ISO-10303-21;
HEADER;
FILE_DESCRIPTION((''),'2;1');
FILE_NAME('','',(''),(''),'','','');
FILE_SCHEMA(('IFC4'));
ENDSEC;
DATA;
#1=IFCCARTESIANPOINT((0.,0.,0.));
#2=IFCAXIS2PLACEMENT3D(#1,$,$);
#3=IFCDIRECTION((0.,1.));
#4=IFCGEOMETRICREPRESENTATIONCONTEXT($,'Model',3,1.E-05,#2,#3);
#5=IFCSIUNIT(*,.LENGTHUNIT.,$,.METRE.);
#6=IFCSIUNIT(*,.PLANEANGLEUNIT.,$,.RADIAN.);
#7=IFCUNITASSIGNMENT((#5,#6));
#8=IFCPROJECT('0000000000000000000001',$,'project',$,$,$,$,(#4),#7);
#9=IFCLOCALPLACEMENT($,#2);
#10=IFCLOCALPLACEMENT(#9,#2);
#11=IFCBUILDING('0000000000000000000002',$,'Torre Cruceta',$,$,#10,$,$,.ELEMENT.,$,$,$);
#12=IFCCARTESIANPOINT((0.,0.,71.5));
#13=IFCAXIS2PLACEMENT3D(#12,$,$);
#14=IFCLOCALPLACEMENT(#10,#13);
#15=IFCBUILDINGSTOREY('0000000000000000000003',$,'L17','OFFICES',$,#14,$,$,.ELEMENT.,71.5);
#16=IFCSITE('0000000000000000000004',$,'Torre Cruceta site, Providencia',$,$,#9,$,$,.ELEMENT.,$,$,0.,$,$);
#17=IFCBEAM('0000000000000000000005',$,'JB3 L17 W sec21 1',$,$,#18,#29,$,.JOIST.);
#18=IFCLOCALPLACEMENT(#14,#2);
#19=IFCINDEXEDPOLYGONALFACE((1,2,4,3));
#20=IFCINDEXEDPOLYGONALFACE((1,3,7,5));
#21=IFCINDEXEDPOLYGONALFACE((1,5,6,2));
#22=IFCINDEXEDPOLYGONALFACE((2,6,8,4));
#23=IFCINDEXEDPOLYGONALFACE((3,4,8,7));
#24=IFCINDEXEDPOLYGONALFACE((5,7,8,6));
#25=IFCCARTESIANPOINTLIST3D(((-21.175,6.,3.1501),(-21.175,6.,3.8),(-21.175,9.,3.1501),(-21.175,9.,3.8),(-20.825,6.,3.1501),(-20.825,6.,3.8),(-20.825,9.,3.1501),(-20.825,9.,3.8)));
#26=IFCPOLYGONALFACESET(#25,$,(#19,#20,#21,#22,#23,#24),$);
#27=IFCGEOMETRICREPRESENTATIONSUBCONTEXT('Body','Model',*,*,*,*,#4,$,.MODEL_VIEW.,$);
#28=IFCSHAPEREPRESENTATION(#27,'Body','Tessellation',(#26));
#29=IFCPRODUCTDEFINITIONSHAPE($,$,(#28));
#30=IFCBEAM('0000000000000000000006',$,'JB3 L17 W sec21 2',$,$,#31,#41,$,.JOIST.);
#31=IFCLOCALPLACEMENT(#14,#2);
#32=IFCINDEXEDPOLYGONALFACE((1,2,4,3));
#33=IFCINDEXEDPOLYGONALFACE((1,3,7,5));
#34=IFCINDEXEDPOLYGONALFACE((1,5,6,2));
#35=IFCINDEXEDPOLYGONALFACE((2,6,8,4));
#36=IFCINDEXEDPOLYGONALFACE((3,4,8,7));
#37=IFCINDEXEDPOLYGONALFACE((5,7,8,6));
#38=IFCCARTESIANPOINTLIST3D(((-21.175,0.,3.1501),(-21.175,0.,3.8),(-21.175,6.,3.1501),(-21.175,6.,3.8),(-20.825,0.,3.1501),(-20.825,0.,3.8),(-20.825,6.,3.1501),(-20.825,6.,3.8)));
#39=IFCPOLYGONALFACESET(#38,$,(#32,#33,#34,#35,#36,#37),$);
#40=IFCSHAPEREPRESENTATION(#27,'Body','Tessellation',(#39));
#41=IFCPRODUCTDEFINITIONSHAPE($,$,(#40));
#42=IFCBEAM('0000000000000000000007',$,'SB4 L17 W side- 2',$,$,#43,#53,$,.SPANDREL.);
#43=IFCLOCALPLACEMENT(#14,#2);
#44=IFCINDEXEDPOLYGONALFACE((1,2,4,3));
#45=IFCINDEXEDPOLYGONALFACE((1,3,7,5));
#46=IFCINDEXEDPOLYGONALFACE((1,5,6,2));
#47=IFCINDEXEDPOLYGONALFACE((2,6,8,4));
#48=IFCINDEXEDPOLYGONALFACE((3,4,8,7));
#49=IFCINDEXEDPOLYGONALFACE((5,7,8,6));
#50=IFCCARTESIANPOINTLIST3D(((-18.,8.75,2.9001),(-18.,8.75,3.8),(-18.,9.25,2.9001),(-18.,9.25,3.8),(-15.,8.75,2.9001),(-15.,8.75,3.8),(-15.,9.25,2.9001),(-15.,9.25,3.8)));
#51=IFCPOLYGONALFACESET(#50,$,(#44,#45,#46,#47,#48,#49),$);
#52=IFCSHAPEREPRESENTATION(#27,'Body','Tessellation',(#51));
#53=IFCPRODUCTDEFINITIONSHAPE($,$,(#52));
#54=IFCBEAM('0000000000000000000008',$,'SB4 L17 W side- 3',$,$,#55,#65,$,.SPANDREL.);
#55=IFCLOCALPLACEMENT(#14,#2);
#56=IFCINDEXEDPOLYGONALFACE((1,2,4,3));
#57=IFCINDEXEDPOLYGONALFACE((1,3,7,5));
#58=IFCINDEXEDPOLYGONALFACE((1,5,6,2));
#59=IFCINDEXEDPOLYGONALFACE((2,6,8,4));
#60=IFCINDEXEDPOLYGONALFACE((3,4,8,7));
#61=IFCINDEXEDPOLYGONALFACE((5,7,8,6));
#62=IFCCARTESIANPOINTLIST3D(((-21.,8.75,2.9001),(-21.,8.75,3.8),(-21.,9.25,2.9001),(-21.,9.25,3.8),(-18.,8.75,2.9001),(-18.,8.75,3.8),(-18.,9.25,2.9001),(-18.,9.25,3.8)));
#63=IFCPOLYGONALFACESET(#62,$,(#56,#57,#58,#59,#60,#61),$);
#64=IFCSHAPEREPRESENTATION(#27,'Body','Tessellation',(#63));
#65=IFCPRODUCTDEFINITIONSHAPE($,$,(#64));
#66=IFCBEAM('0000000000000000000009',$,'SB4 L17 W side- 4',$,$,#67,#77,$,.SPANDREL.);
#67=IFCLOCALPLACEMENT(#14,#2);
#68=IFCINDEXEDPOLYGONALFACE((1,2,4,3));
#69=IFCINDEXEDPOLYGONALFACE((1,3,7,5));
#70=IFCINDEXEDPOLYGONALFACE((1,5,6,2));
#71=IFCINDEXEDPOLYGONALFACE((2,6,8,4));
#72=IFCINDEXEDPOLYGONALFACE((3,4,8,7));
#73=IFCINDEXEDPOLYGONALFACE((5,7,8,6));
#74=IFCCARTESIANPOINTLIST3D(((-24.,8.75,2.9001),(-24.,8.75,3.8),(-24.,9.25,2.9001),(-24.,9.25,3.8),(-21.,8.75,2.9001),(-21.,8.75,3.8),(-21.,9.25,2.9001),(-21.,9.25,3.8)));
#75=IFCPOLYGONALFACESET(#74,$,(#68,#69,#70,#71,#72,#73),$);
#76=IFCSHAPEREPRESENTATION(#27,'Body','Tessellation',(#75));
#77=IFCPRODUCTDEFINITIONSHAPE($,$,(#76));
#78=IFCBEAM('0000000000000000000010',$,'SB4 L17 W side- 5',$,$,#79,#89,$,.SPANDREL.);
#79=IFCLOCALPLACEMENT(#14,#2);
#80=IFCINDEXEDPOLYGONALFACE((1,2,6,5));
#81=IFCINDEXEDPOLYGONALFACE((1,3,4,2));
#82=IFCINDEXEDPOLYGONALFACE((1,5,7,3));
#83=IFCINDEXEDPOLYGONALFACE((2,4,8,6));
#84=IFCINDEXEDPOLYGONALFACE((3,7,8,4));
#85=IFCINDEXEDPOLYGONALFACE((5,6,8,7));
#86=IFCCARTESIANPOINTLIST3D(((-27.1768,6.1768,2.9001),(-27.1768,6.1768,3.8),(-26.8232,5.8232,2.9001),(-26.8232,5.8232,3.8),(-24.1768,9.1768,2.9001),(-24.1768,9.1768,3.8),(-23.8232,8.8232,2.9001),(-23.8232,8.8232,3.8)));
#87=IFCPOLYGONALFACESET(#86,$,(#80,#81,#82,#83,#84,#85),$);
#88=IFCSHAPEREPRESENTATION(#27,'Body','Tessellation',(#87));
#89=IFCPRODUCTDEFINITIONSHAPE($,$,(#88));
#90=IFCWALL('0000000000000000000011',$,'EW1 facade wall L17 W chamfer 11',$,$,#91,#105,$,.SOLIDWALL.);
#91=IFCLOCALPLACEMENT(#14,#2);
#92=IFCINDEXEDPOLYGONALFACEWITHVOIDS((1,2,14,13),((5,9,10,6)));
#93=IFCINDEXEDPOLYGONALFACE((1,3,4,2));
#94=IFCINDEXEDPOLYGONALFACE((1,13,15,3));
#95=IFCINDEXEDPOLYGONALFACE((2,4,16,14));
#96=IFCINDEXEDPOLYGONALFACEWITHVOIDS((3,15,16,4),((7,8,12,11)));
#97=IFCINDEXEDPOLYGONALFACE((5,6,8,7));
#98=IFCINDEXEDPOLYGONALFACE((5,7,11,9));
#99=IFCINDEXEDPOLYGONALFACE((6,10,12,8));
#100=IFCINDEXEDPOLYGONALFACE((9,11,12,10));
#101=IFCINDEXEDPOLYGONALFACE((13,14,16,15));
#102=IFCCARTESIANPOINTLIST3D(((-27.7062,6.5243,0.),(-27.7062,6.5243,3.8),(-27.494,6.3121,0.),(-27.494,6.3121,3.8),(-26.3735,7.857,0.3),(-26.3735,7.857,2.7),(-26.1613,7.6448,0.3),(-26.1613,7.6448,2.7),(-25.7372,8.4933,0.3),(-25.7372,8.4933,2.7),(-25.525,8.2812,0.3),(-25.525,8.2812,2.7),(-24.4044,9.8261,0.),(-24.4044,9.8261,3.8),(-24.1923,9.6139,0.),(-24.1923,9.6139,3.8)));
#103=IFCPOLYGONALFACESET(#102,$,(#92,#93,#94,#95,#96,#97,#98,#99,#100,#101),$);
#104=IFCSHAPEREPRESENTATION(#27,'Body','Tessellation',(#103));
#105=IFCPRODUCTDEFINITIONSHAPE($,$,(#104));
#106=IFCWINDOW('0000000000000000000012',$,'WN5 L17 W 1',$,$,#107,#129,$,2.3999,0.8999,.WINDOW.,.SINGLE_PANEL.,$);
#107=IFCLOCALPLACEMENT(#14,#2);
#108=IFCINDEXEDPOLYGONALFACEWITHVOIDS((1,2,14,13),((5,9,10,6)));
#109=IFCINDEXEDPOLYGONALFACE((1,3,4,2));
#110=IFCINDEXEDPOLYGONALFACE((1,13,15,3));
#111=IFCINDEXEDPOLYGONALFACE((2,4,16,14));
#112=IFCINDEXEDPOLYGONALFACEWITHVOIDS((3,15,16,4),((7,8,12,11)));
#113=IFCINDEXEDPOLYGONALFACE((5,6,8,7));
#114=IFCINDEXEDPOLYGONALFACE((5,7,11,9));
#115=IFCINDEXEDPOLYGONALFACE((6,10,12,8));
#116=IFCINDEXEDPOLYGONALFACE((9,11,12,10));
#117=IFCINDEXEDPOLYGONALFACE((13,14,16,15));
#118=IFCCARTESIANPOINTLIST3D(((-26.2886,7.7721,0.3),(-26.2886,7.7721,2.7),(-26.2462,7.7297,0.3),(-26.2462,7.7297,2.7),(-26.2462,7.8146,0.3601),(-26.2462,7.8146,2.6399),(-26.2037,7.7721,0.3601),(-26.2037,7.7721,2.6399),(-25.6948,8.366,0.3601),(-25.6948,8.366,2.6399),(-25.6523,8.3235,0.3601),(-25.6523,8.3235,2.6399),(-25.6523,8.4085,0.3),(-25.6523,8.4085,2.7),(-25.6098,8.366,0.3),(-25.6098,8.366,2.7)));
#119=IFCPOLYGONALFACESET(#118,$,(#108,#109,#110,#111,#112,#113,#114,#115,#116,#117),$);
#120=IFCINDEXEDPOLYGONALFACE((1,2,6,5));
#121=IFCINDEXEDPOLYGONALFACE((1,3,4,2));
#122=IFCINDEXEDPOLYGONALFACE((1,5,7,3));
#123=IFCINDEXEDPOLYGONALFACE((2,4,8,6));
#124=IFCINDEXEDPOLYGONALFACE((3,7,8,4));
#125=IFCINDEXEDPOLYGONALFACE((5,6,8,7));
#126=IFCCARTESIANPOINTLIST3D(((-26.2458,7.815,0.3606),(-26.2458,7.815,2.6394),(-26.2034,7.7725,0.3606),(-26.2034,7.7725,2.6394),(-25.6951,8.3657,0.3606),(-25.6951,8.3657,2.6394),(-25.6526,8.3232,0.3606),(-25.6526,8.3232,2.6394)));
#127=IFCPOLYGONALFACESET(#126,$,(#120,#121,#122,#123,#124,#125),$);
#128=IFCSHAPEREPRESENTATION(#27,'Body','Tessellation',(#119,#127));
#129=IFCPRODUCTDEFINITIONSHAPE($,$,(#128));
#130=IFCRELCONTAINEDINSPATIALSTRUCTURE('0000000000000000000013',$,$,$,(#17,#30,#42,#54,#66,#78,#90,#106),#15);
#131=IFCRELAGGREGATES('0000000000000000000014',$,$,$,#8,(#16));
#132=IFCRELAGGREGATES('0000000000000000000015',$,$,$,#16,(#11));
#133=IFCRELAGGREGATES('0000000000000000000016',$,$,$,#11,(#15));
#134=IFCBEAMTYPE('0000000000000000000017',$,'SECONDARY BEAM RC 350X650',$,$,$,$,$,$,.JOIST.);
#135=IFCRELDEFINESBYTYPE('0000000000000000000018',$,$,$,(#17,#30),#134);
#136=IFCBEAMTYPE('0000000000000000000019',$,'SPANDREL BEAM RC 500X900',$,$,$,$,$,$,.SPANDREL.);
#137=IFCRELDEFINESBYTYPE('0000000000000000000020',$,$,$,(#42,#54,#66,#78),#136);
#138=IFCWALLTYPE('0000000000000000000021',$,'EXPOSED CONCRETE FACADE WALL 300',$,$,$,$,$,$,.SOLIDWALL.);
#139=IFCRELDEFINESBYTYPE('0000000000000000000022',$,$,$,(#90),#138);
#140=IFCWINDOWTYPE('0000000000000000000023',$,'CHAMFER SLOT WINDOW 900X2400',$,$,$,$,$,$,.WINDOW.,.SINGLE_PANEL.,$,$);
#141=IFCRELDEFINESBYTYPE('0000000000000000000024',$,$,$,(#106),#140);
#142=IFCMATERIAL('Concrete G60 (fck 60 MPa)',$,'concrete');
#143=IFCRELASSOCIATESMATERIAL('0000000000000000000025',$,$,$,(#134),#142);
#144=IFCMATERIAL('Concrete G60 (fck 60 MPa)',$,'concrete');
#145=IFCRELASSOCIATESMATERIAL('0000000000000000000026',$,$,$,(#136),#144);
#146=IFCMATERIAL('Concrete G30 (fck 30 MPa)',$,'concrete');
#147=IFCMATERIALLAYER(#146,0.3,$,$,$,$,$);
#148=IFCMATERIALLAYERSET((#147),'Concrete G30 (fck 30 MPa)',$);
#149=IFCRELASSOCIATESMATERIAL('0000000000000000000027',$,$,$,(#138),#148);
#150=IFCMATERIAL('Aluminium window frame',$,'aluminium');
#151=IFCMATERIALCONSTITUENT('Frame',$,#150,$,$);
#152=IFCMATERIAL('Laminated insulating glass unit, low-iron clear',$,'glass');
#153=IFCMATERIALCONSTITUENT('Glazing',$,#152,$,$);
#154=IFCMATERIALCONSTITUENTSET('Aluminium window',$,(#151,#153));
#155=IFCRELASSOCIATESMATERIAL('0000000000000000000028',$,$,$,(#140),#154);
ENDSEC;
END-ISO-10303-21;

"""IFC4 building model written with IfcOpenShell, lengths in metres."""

from ifc_helpers import new_model, si_unit, direction, frame, frame_2d, origin, origin_2d, place, context, subcontext, project, spatial, rectangle, hollow_rectangle, extrude, material, layer, layer_set, constituent, constituent_set, material_profile, profile_set, type_object, element, fill, save


model = new_model("IFC4")

# Units and contexts
model_context = context("Model", 3, precision=1e-05, world=origin(), true_north=direction((0.0, 1.0)))
body_context = subcontext(model_context, "Body", "Model", "MODEL_VIEW")
ifc_project = project(units=[si_unit("LENGTHUNIT", "METRE"), si_unit("PLANEANGLEUNIT", "RADIAN")], contexts=[model_context])

# Site, building, storey
site_placement = place(None, origin())
site = spatial("IfcSite", under=ifc_project, at=site_placement, Name="Torre Cruceta site, Providencia", CompositionType="ELEMENT", RefElevation=0.0)
building_placement = place(site_placement, origin())
building = spatial("IfcBuilding", under=site, at=building_placement, Name="Torre Cruceta", CompositionType="ELEMENT")
storey_placement = place(building_placement, frame((0.0, 0.0, 71.5)))
storey = spatial("IfcBuildingStorey", under=building, at=storey_placement, Name="L17", Description="OFFICES", CompositionType="ELEMENT", Elevation=71.5)

# Beams
ifc_material_1 = material(Name="Concrete G60 (fck 60 MPa)", Category="concrete")
ifc_material_profile_1 = material_profile(ifc_material_1, rectangle(XDim=0.3501, YDim=0.6499, at=origin_2d()), Name="RC 350X650")
ifc_profile_set_1 = profile_set([ifc_material_profile_1], Name="Concrete G60 (fck 60 MPa)")
beam_type_1 = type_object("IfcBeamType", Name="SECONDARY BEAM RC 350X650", PredefinedType="JOIST", material=ifc_profile_set_1)
beam_1_placement = place(storey_placement, frame((-21.0, 9.0, 3.4751), z_axis=(0.0, -1.0, 0.0), x_axis=(1.0, 0.0, 0.0)))
element("IfcBeam", 1, at=beam_1_placement, inside=storey, type_object=beam_type_1, Name="JB3 L17 W sec21 1", PredefinedType="JOIST", context=body_context, shape_type="SweptSolid", body=[
    extrude(rectangle(XDim=0.3501, YDim=0.6499, at=origin_2d()), origin(), (0.0, 0.0, 1.0), 3.0),
])
beam_2_placement = place(storey_placement, frame((-21.0, 6.0, 3.4751), z_axis=(0.0, -1.0, 0.0), x_axis=(1.0, 0.0, 0.0)))
element("IfcBeam", 2, at=beam_2_placement, inside=storey, type_object=beam_type_1, Name="JB3 L17 W sec21 2", PredefinedType="JOIST", context=body_context, shape_type="SweptSolid", body=[
    extrude(rectangle(XDim=0.3501, YDim=0.6499, at=origin_2d()), origin(), (0.0, 0.0, 1.0), 6.0),
])
ifc_material_2 = material(Name="Concrete G60 (fck 60 MPa)", Category="concrete")
ifc_material_profile_2 = material_profile(ifc_material_2, rectangle(XDim=0.5, YDim=0.8999, at=origin_2d()), Name="RC 500X900")
ifc_profile_set_2 = profile_set([ifc_material_profile_2], Name="Concrete G60 (fck 60 MPa)")
beam_type_2 = type_object("IfcBeamType", Name="SPANDREL BEAM RC 500X900", PredefinedType="SPANDREL", material=ifc_profile_set_2)
for number, where, z_axis, x_axis, name in (
    (3, (-15.0, 9.0, 3.3501), (-1.0, 0.0, 0.0), (0.0, -1.0, 0.0), "SB4 L17 W side- 2"),
    (4, (-18.0, 9.0, 3.3501), (-1.0, 0.0, 0.0), (0.0, -1.0, 0.0), "SB4 L17 W side- 3"),
    (5, (-21.0, 9.0, 3.3501), (-1.0, 0.0, 0.0), (0.0, -1.0, 0.0), "SB4 L17 W side- 4"),
):
    element("IfcBeam", number, at=place(storey_placement, frame(where, z_axis=z_axis, x_axis=x_axis)), inside=storey, type_object=beam_type_2, Name=name, PredefinedType="SPANDREL", context=body_context, shape_type="SweptSolid", body=[
        extrude(rectangle(XDim=0.5, YDim=0.8999, at=origin_2d()), origin(), (0.0, 0.0, 1.0), 3.0),
    ])
beam_3_placement = place(storey_placement, frame((-24.0, 9.0, 3.3501), z_axis=(-0.707107, -0.707107, 0.0), x_axis=(0.707107, -0.707107, 0.0)))
element("IfcBeam", 6, at=beam_3_placement, inside=storey, type_object=beam_type_2, Name="SB4 L17 W side- 5", PredefinedType="SPANDREL", context=body_context, shape_type="SweptSolid", body=[
    extrude(rectangle(XDim=0.5, YDim=0.8999, at=origin_2d()), origin(), (0.0, 0.0, 1.0), 4.2427),
])

# Wall, opening, window
ifc_material_3 = material(Name="Concrete G30 (fck 30 MPa)", Category="concrete")
ifc_layer_1 = layer(ifc_material_3, 0.3)
ifc_layer_set_1 = layer_set([ifc_layer_1], Name="Concrete G30 (fck 30 MPa)")
wall_type_1 = type_object("IfcWallType", Name="EXPOSED CONCRETE FACADE WALL 300", PredefinedType="SOLIDWALL", material=ifc_layer_set_1)
wall_1_placement = place(storey_placement, frame((-24.2983, 9.72, 0.0), z_axis=(0.0, 0.0, 1.0), x_axis=(-0.707107, -0.707107, 0.0)))
wall_1 = element("IfcWall", 7, at=wall_1_placement, inside=storey, type_object=wall_type_1, Name="EW1 facade wall L17 W chamfer 11", PredefinedType="SOLIDWALL", context=body_context, shape_type="SweptSolid", body=[
    extrude(rectangle(XDim=4.6694, YDim=0.3, at=frame_2d((2.3347, 0.0))), origin(), (0.0, 0.0, 1.0), 3.8),
])
opening_1_placement = place(wall_1_placement, frame((1.8848, 0.0, 0.3)))
opening_1 = element("IfcOpeningElement", 8, at=opening_1_placement, cuts=wall_1, PredefinedType="OPENING", context=body_context, shape_type="SweptSolid", body=[
    extrude(rectangle(XDim=0.8999, YDim=2.3999, at=frame_2d((0.45, 1.2))), frame((0.0, 0.1599, 0.0), z_axis=(0.0, -1.0, 0.0), x_axis=(1.0, 0.0, 0.0)), (0.0, 0.0, 1.0), 0.3201),
])
ifc_material_4 = material(Name="Aluminium window frame", Category="aluminium")
ifc_constituent_1 = constituent(ifc_material_4, Name="Frame")
ifc_material_5 = material(Name="Laminated insulating glass unit, low-iron clear", Category="glass")
ifc_constituent_2 = constituent(ifc_material_5, Name="Glazing")
ifc_constituent_set_1 = constituent_set(constituents=[ifc_constituent_1, ifc_constituent_2], Name="Aluminium window")
window_type_1 = type_object("IfcWindowType", Name="CHAMFER SLOT WINDOW 900X2400", PartitioningType="SINGLE_PANEL", PredefinedType="WINDOW", material=ifc_constituent_set_1)
window_1_placement = place(opening_1_placement, origin())
window_1 = element("IfcWindow", 9, at=window_1_placement, inside=storey, type_object=window_type_1, Name="WN5 L17 W 1", OverallHeight=2.3999, OverallWidth=0.8999, PartitioningType="SINGLE_PANEL", PredefinedType="WINDOW", context=body_context, shape_type="SweptSolid", body=[
    extrude(hollow_rectangle(XDim=0.8999, YDim=2.3999, WallThickness=0.0601, at=frame_2d((0.45, 1.2))), frame((0.0, 0.03, 0.0), z_axis=(0.0, -1.0, 0.0), x_axis=(1.0, 0.0, 0.0)), (0.0, 0.0, 1.0), 0.0601),
    extrude(rectangle(XDim=0.7788, YDim=2.2788, at=frame_2d((0.45, 1.2))), frame((0.0, 0.03, 0.0), z_axis=(0.0, -1.0, 0.0), x_axis=(1.0, 0.0, 0.0)), (0.0, 0.0, 1.0), 0.0601),
])
fill(opening_1, window_1)

save(model, "model.ifc")
